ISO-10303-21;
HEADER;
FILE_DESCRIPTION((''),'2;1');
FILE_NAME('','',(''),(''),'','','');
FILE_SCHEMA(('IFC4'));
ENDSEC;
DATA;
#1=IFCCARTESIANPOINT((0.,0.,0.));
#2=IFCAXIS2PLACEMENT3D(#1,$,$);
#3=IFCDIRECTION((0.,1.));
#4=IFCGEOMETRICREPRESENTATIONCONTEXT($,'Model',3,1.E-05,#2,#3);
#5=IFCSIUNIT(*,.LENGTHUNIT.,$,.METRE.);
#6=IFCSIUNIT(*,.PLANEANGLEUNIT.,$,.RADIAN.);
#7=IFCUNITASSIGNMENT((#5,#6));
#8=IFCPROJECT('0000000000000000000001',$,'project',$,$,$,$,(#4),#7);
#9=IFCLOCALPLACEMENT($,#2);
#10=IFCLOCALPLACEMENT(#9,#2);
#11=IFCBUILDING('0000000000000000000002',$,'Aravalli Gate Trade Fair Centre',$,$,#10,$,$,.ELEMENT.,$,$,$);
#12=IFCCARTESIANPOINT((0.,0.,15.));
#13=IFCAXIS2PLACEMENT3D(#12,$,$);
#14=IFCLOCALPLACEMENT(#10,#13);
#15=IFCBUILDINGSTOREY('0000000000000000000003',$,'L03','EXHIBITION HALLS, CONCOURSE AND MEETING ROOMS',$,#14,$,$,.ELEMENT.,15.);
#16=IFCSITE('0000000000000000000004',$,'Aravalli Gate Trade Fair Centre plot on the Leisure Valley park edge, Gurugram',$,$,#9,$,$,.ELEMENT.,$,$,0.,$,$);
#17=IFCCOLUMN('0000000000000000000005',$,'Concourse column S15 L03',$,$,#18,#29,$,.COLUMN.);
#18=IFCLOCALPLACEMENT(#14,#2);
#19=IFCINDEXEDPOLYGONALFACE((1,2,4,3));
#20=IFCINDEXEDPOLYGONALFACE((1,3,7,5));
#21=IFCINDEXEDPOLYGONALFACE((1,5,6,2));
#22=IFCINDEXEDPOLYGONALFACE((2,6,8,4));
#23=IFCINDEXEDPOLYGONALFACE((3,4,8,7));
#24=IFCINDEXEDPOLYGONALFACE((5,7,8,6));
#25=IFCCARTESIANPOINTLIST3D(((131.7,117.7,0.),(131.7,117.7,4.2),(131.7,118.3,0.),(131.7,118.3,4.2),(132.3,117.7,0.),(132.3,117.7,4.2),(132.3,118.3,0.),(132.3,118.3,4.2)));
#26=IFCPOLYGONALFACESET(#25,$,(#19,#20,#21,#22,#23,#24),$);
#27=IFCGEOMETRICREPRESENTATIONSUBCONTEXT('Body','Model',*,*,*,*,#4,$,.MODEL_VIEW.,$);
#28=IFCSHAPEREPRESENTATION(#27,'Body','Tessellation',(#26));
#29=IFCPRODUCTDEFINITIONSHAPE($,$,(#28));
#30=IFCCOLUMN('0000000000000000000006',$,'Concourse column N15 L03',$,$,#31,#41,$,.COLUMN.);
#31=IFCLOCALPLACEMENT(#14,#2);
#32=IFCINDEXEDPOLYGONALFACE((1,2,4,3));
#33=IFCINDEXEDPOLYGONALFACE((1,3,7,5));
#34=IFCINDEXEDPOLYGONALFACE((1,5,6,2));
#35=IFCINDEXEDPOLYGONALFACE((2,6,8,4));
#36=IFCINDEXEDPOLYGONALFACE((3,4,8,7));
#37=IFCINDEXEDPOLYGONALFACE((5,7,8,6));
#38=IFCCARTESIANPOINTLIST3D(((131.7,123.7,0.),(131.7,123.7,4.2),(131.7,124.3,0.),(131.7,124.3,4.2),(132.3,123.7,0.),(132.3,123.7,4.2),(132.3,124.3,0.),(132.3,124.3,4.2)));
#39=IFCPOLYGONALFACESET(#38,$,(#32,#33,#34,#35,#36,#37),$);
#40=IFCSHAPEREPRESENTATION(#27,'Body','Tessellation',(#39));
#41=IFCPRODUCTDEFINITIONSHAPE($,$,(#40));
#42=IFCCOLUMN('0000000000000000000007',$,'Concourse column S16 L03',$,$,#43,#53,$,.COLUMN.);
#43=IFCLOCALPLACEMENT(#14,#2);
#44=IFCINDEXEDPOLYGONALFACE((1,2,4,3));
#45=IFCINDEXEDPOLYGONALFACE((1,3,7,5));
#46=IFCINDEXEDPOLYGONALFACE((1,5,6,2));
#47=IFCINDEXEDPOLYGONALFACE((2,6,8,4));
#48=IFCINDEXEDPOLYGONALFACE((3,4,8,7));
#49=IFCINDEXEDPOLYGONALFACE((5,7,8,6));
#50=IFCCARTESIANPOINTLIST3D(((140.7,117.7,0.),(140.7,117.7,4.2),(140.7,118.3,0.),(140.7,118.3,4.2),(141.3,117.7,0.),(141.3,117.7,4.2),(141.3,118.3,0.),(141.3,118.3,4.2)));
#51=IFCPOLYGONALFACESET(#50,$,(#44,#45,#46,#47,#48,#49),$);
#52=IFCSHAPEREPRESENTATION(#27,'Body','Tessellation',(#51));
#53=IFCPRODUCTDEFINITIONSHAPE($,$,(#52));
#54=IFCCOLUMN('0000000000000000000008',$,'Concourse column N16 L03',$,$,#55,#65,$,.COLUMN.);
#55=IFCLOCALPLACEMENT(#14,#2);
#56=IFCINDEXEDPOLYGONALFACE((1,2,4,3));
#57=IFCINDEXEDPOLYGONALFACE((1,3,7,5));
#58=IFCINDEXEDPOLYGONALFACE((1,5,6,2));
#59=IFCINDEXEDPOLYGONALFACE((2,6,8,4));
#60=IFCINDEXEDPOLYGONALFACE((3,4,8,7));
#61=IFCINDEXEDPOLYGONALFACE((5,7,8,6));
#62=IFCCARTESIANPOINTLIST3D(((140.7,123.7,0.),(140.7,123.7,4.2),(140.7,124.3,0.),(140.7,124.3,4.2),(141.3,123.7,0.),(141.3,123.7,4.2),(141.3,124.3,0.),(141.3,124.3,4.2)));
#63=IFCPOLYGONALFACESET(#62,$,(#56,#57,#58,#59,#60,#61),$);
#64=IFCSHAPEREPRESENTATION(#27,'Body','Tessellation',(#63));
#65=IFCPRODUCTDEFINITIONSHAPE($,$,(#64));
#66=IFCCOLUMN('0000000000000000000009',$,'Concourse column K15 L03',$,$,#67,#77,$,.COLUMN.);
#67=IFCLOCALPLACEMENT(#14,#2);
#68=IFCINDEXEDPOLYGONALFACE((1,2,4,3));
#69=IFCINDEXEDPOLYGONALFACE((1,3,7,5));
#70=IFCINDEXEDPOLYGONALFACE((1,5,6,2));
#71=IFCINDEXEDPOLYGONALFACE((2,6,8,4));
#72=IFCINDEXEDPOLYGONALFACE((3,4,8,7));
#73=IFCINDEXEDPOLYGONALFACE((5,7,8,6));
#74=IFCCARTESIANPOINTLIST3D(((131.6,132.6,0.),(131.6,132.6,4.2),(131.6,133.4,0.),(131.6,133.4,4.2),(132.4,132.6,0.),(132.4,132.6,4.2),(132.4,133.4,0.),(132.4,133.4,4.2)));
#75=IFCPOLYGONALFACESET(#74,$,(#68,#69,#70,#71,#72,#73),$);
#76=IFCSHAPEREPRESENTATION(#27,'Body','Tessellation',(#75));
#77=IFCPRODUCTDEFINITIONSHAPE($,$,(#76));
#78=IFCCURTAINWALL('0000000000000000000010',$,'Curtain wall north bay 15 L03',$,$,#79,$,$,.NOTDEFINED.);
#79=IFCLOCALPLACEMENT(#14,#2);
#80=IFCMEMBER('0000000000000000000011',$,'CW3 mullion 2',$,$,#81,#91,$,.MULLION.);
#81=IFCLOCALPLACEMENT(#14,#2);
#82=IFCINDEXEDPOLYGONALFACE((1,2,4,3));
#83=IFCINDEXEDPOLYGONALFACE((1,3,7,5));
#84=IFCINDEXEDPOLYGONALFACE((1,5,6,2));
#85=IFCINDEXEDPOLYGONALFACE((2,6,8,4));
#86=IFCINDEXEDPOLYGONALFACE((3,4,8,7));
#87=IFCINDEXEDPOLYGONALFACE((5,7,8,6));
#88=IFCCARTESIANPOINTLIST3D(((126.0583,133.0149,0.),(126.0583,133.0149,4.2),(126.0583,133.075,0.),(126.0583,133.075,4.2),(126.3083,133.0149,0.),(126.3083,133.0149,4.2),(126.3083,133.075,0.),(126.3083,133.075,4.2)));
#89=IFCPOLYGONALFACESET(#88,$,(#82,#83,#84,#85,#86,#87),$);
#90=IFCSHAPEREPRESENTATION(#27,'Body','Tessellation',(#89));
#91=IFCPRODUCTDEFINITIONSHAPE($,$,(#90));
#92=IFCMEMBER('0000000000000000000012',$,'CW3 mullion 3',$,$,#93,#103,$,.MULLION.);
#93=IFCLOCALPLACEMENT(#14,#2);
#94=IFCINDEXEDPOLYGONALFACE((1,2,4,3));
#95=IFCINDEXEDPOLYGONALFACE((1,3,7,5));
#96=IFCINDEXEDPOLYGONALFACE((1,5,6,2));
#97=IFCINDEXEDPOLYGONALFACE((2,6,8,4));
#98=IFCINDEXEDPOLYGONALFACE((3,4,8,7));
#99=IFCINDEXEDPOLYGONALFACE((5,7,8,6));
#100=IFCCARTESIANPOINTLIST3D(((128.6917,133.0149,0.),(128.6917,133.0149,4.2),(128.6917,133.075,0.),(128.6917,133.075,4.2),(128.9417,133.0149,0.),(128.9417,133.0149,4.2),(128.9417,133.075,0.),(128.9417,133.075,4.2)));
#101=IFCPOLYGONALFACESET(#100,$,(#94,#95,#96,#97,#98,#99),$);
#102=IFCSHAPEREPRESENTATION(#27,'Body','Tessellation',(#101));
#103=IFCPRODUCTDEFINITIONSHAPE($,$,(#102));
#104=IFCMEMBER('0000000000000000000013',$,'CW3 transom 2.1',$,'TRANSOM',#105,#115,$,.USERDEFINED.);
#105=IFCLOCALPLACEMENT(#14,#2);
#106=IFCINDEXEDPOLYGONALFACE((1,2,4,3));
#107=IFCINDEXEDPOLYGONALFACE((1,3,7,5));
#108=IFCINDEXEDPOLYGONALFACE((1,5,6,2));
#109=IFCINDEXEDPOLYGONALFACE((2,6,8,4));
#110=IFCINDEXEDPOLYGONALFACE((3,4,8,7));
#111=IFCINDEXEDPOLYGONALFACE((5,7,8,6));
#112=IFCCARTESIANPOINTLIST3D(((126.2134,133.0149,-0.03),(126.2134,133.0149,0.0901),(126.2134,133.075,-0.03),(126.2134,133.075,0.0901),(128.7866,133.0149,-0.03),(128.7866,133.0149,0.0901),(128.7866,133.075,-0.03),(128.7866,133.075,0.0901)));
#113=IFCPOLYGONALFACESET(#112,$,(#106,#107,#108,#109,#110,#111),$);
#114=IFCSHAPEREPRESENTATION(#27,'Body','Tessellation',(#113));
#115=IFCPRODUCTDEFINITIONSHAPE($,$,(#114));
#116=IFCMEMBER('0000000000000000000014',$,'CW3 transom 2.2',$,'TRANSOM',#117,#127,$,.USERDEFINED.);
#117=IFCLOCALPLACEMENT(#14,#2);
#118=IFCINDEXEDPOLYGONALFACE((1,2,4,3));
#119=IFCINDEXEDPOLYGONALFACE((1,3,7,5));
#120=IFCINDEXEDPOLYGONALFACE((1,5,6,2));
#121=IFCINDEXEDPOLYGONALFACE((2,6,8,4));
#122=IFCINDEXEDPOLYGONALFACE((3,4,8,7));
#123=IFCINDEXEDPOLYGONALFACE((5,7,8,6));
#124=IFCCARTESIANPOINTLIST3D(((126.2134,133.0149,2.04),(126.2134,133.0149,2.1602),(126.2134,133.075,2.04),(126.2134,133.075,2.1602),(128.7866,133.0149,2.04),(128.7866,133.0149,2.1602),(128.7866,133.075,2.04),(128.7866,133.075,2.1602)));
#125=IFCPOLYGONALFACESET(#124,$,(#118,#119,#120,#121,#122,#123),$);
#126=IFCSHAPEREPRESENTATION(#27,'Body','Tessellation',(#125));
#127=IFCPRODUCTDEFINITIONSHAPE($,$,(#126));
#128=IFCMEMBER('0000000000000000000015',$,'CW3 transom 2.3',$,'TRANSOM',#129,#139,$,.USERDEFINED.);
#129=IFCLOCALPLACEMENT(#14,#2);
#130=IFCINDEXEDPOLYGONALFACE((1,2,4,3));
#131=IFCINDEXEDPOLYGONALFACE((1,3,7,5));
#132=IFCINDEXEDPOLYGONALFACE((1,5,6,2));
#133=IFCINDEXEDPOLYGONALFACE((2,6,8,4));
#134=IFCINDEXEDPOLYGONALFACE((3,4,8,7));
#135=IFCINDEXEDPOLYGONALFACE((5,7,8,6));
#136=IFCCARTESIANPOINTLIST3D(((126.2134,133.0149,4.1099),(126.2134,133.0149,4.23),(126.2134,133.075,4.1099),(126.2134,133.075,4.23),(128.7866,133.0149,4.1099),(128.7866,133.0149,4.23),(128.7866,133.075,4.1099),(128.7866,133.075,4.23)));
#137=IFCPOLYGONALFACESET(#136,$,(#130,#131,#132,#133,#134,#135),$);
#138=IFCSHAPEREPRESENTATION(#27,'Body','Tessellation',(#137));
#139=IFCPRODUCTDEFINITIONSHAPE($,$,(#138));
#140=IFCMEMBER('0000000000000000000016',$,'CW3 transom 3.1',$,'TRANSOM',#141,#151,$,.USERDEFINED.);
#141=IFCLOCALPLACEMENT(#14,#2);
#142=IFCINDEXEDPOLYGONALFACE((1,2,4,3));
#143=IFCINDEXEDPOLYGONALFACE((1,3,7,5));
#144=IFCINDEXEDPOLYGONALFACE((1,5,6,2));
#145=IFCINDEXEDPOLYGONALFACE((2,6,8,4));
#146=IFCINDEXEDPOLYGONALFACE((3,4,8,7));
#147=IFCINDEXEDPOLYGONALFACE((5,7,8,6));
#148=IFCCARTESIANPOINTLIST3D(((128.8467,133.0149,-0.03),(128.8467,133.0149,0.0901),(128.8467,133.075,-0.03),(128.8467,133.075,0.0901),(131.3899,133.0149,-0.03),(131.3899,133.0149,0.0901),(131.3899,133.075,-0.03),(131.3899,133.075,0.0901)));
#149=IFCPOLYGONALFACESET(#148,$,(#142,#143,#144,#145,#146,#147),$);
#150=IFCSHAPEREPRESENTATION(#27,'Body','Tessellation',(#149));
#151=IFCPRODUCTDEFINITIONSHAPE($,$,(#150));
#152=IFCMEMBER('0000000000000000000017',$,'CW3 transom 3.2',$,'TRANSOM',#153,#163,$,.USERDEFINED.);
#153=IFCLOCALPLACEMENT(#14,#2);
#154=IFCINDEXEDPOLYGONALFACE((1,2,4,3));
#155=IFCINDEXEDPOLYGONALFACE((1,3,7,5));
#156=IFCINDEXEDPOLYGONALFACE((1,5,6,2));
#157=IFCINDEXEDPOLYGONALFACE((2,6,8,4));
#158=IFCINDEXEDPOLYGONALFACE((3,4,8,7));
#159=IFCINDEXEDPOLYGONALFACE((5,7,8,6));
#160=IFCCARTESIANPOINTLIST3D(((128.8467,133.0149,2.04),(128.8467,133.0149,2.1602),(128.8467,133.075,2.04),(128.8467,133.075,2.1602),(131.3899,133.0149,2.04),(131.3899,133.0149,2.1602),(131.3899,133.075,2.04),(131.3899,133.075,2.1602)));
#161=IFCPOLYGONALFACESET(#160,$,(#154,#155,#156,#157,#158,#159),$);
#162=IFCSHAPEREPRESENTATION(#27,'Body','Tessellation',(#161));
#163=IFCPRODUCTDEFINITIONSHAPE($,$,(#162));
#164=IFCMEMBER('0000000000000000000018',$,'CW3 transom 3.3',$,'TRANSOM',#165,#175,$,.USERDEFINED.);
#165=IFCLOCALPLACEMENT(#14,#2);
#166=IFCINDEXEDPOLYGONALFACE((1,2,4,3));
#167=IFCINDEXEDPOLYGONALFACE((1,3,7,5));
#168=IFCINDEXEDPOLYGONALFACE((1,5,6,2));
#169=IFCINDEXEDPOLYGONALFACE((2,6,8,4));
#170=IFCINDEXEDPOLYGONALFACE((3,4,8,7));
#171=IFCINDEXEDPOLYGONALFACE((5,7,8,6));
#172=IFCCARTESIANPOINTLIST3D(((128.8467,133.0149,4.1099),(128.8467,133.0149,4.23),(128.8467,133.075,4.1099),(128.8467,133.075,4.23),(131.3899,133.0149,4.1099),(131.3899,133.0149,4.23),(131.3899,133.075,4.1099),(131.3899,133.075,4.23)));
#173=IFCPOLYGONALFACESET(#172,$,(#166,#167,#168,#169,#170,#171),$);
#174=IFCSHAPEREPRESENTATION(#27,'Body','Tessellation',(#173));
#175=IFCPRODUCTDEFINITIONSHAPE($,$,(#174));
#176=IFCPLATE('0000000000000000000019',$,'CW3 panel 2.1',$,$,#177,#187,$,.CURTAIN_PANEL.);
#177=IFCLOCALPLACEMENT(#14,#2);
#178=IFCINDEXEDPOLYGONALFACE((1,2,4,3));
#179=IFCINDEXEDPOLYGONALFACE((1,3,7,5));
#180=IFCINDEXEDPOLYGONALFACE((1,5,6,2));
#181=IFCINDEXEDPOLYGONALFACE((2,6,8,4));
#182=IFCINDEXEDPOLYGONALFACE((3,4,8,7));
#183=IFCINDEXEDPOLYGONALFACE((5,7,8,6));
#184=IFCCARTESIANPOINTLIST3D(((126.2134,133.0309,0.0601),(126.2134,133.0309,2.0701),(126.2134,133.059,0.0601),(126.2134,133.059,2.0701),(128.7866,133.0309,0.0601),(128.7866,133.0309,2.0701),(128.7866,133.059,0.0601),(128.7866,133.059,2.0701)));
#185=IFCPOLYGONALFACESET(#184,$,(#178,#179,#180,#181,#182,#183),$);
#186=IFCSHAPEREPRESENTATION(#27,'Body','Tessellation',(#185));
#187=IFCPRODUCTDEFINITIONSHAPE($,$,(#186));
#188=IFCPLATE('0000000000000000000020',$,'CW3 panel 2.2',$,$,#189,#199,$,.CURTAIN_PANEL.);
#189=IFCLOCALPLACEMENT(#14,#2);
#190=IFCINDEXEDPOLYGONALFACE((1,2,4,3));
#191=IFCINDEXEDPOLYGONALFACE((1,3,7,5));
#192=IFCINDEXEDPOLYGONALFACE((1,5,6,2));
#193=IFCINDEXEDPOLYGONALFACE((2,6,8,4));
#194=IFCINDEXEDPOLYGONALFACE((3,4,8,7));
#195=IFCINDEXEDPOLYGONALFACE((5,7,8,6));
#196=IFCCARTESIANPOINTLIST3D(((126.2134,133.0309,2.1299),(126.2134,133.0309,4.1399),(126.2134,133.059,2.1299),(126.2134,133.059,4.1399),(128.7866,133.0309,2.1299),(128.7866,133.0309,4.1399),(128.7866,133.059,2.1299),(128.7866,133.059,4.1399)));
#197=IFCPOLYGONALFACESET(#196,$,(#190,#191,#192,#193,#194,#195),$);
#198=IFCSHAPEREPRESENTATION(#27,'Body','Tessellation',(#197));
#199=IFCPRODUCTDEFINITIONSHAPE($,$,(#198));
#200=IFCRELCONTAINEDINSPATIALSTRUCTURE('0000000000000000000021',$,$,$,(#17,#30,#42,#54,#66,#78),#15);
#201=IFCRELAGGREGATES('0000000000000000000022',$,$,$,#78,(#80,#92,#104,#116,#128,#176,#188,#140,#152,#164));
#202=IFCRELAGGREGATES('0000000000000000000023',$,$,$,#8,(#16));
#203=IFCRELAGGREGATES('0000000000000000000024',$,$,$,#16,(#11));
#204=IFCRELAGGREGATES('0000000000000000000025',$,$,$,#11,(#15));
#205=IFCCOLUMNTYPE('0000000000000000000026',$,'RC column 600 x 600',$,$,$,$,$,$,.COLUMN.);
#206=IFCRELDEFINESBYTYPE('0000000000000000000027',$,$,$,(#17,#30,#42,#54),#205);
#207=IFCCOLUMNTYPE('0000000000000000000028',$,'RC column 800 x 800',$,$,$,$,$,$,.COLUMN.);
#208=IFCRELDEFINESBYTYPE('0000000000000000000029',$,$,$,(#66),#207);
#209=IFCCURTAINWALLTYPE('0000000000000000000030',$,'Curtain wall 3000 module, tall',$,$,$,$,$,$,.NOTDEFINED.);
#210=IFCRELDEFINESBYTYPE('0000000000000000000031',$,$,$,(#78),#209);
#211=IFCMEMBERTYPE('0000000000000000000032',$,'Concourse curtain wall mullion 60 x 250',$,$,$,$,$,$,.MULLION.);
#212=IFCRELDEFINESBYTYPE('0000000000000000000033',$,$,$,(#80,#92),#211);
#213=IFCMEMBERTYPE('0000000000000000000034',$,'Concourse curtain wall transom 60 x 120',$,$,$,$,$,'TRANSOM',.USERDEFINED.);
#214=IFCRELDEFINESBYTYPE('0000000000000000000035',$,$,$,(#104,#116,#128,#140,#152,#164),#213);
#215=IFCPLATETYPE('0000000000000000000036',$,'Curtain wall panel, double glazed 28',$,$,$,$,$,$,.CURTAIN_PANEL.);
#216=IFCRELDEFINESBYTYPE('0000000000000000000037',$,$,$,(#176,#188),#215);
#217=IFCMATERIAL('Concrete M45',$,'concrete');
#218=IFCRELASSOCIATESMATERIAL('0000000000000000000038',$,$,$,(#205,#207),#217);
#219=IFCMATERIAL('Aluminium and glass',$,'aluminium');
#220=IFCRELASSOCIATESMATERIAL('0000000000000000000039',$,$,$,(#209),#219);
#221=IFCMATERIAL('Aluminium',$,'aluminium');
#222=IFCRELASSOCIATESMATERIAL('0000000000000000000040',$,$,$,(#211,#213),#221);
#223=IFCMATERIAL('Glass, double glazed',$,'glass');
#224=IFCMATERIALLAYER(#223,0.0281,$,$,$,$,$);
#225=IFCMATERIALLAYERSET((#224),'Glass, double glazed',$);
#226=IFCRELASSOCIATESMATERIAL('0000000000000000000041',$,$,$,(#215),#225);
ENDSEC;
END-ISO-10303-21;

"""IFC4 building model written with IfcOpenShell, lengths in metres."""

from ifc_helpers import new_model, si_unit, direction, frame, origin, origin_2d, place, context, subcontext, project, spatial, rectangle, extrude, material, layer, layer_set, material_profile, profile_set, type_object, element, aggregate, save


model = new_model("IFC4")

# Units and contexts
model_context = context("Model", 3, precision=1e-05, world=origin(), true_north=direction((0.0, 1.0)))
body_context = subcontext(model_context, "Body", "Model", "MODEL_VIEW")
ifc_project = project(units=[si_unit("LENGTHUNIT", "METRE"), si_unit("PLANEANGLEUNIT", "RADIAN")], contexts=[model_context])

# Site, building, storey
site_placement = place(None, origin())
site = spatial("IfcSite", under=ifc_project, at=site_placement, Name="Aravalli Gate Trade Fair Centre plot on the Leisure Valley park edge, Gurugram", CompositionType="ELEMENT", RefElevation=0.0)
building_placement = place(site_placement, origin())
building = spatial("IfcBuilding", under=site, at=building_placement, Name="Aravalli Gate Trade Fair Centre", CompositionType="ELEMENT")
storey_placement = place(building_placement, frame((0.0, 0.0, 15.0)))
storey = spatial("IfcBuildingStorey", under=building, at=storey_placement, Name="L03", Description="EXHIBITION HALLS, CONCOURSE AND MEETING ROOMS", CompositionType="ELEMENT", Elevation=15.0)

# Columns
ifc_material_1 = material(Name="Concrete M45", Category="concrete")
ifc_material_profile_1 = material_profile(ifc_material_1, rectangle(XDim=0.6001, YDim=0.6001, at=origin_2d()), Name="RC column 600 x 600")
ifc_profile_set_1 = profile_set([ifc_material_profile_1], Name="Concrete M45")
column_type_1 = type_object("IfcColumnType", Name="RC column 600 x 600", PredefinedType="COLUMN", material=ifc_profile_set_1)
for number, where, z_axis, x_axis, name in (
    (1, (132.0, 118.0, 0.0), (0.0, 0.0, 1.0), (1.0, 0.0, 0.0), "Concourse column S15 L03"),
    (2, (132.0, 124.0, 0.0), (0.0, 0.0, 1.0), (1.0, 0.0, 0.0), "Concourse column N15 L03"),
    (3, (141.0, 118.0, 0.0), (0.0, 0.0, 1.0), (1.0, 0.0, 0.0), "Concourse column S16 L03"),
    (4, (141.0, 124.0, 0.0), (0.0, 0.0, 1.0), (1.0, 0.0, 0.0), "Concourse column N16 L03"),
):
    element("IfcColumn", number, at=place(storey_placement, frame(where, z_axis=z_axis, x_axis=x_axis)), inside=storey, type_object=column_type_1, Name=name, PredefinedType="COLUMN", context=body_context, shape_type="SweptSolid", body=[
        extrude(rectangle(XDim=0.6001, YDim=0.6001, at=origin_2d()), origin(), (0.0, 0.0, 1.0), 4.2),
    ])
ifc_material_profile_2 = material_profile(ifc_material_1, rectangle(XDim=0.8, YDim=0.8, at=origin_2d()), Name="RC column 800 x 800")
ifc_profile_set_2 = profile_set([ifc_material_profile_2], Name="Concrete M45")
column_type_2 = type_object("IfcColumnType", Name="RC column 800 x 800", PredefinedType="COLUMN", material=ifc_profile_set_2)
column_placement = place(storey_placement, frame((132.0, 133.0, 0.0), z_axis=(0.0, 0.0, 1.0), x_axis=(1.0, 0.0, 0.0)))
element("IfcColumn", 5, at=column_placement, inside=storey, type_object=column_type_2, Name="Concourse column K15 L03", PredefinedType="COLUMN", context=body_context, shape_type="SweptSolid", body=[
    extrude(rectangle(XDim=0.8, YDim=0.8, at=origin_2d()), origin(), (0.0, 0.0, 1.0), 4.2),
])

# Curtain wall, members, plates
ifc_material_2 = material(Name="Aluminium and glass", Category="aluminium")
curtain_wall_type = type_object("IfcCurtainWallType", Name="Curtain wall 3000 module, tall", PredefinedType="NOTDEFINED", material=ifc_material_2)
curtain_wall_placement = place(storey_placement, origin())
curtain_wall = element("IfcCurtainWall", 6, at=curtain_wall_placement, inside=storey, type_object=curtain_wall_type, Name="Curtain wall north bay 15 L03", PredefinedType="NOTDEFINED")
ifc_material_3 = material(Name="Aluminium", Category="aluminium")
ifc_material_profile_3 = material_profile(ifc_material_3, rectangle(XDim=0.0601, YDim=0.25, at=origin_2d()), Name="Concourse curtain wall mullion 60 x 250")
ifc_profile_set_3 = profile_set([ifc_material_profile_3], Name="Aluminium")
member_type_1 = type_object("IfcMemberType", Name="Concourse curtain wall mullion 60 x 250", PredefinedType="MULLION", material=ifc_profile_set_3)
member_1_placement = place(storey_placement, frame((126.1833, 133.0449, 0.0), z_axis=(0.0, 0.0, 1.0), x_axis=(0.0, 1.0, 0.0)))
member_1 = element("IfcMember", 7, at=member_1_placement, type_object=member_type_1, Name="CW3 mullion 2", PredefinedType="MULLION", context=body_context, shape_type="SweptSolid", body=[
    extrude(rectangle(XDim=0.0601, YDim=0.25, at=origin_2d()), origin(), (0.0, 0.0, 1.0), 4.2),
])
member_2_placement = place(storey_placement, frame((128.8167, 133.0449, 0.0), z_axis=(0.0, 0.0, 1.0), x_axis=(0.0, 1.0, 0.0)))
member_2 = element("IfcMember", 8, at=member_2_placement, type_object=member_type_1, Name="CW3 mullion 3", PredefinedType="MULLION", context=body_context, shape_type="SweptSolid", body=[
    extrude(rectangle(XDim=0.0601, YDim=0.25, at=origin_2d()), origin(), (0.0, 0.0, 1.0), 4.2),
])
ifc_material_profile_4 = material_profile(ifc_material_3, rectangle(XDim=0.0601, YDim=0.1201, at=origin_2d()), Name="Concourse curtain wall transom 60 x 120")
ifc_profile_set_4 = profile_set([ifc_material_profile_4], Name="Aluminium")
member_type_2 = type_object("IfcMemberType", Name="Concourse curtain wall transom 60 x 120", ElementType="TRANSOM", PredefinedType="USERDEFINED", material=ifc_profile_set_4)
member_3_placement = place(storey_placement, frame((126.2134, 133.0449, 0.03), z_axis=(1.0, 0.0, 0.0), x_axis=(0.0, 1.0, 0.0)))
member_3 = element("IfcMember", 9, at=member_3_placement, type_object=member_type_2, Name="CW3 transom 2.1", ObjectType="TRANSOM", PredefinedType="USERDEFINED", context=body_context, shape_type="SweptSolid", body=[
    extrude(rectangle(XDim=0.0601, YDim=0.1201, at=origin_2d()), origin(), (0.0, 0.0, 1.0), 2.5732),
])
member_4_placement = place(storey_placement, frame((126.2134, 133.0449, 2.1001), z_axis=(1.0, 0.0, 0.0), x_axis=(0.0, 1.0, 0.0)))
member_4 = element("IfcMember", 10, at=member_4_placement, type_object=member_type_2, Name="CW3 transom 2.2", ObjectType="TRANSOM", PredefinedType="USERDEFINED", context=body_context, shape_type="SweptSolid", body=[
    extrude(rectangle(XDim=0.0601, YDim=0.1201, at=origin_2d()), origin(), (0.0, 0.0, 1.0), 2.5732),
])
member_5_placement = place(storey_placement, frame((126.2134, 133.0449, 4.1699), z_axis=(1.0, 0.0, 0.0), x_axis=(0.0, 1.0, 0.0)))
member_5 = element("IfcMember", 11, at=member_5_placement, type_object=member_type_2, Name="CW3 transom 2.3", ObjectType="TRANSOM", PredefinedType="USERDEFINED", context=body_context, shape_type="SweptSolid", body=[
    extrude(rectangle(XDim=0.0601, YDim=0.1201, at=origin_2d()), origin(), (0.0, 0.0, 1.0), 2.5732),
])
member_6_placement = place(storey_placement, frame((128.8467, 133.0449, 0.03), z_axis=(1.0, 0.0, 0.0), x_axis=(0.0, 1.0, 0.0)))
member_6 = element("IfcMember", 12, at=member_6_placement, type_object=member_type_2, Name="CW3 transom 3.1", ObjectType="TRANSOM", PredefinedType="USERDEFINED", context=body_context, shape_type="SweptSolid", body=[
    extrude(rectangle(XDim=0.0601, YDim=0.1201, at=origin_2d()), origin(), (0.0, 0.0, 1.0), 2.5432),
])
member_7_placement = place(storey_placement, frame((128.8467, 133.0449, 2.1001), z_axis=(1.0, 0.0, 0.0), x_axis=(0.0, 1.0, 0.0)))
member_7 = element("IfcMember", 13, at=member_7_placement, type_object=member_type_2, Name="CW3 transom 3.2", ObjectType="TRANSOM", PredefinedType="USERDEFINED", context=body_context, shape_type="SweptSolid", body=[
    extrude(rectangle(XDim=0.0601, YDim=0.1201, at=origin_2d()), origin(), (0.0, 0.0, 1.0), 2.5432),
])
member_8_placement = place(storey_placement, frame((128.8467, 133.0449, 4.1699), z_axis=(1.0, 0.0, 0.0), x_axis=(0.0, 1.0, 0.0)))
member_8 = element("IfcMember", 14, at=member_8_placement, type_object=member_type_2, Name="CW3 transom 3.3", ObjectType="TRANSOM", PredefinedType="USERDEFINED", context=body_context, shape_type="SweptSolid", body=[
    extrude(rectangle(XDim=0.0601, YDim=0.1201, at=origin_2d()), origin(), (0.0, 0.0, 1.0), 2.5432),
])
ifc_material_4 = material(Name="Glass, double glazed", Category="glass")
ifc_layer_1 = layer(ifc_material_4, 0.0281)
ifc_layer_set_1 = layer_set([ifc_layer_1], Name="Glass, double glazed")
plate_type = type_object("IfcPlateType", Name="Curtain wall panel, double glazed 28", PredefinedType="CURTAIN_PANEL", material=ifc_layer_set_1)
plate_1_placement = place(storey_placement, frame((127.5, 133.0449, 0.0601), z_axis=(0.0, 0.0, 1.0), x_axis=(1.0, 0.0, 0.0)))
plate_1 = element("IfcPlate", 15, at=plate_1_placement, type_object=plate_type, Name="CW3 panel 2.1", PredefinedType="CURTAIN_PANEL", context=body_context, shape_type="SweptSolid", body=[
    extrude(rectangle(XDim=2.5732, YDim=0.0281, at=origin_2d()), origin(), (0.0, 0.0, 1.0), 2.01),
])
plate_2_placement = place(storey_placement, frame((127.5, 133.0449, 2.1299), z_axis=(0.0, 0.0, 1.0), x_axis=(1.0, 0.0, 0.0)))
plate_2 = element("IfcPlate", 16, at=plate_2_placement, type_object=plate_type, Name="CW3 panel 2.2", PredefinedType="CURTAIN_PANEL", context=body_context, shape_type="SweptSolid", body=[
    extrude(rectangle(XDim=2.5732, YDim=0.0281, at=origin_2d()), origin(), (0.0, 0.0, 1.0), 2.01),
])
aggregate(curtain_wall, [member_1, member_2, member_3, member_4, member_5, plate_1, plate_2, member_6, member_7, member_8])

save(model, "model.ifc")
